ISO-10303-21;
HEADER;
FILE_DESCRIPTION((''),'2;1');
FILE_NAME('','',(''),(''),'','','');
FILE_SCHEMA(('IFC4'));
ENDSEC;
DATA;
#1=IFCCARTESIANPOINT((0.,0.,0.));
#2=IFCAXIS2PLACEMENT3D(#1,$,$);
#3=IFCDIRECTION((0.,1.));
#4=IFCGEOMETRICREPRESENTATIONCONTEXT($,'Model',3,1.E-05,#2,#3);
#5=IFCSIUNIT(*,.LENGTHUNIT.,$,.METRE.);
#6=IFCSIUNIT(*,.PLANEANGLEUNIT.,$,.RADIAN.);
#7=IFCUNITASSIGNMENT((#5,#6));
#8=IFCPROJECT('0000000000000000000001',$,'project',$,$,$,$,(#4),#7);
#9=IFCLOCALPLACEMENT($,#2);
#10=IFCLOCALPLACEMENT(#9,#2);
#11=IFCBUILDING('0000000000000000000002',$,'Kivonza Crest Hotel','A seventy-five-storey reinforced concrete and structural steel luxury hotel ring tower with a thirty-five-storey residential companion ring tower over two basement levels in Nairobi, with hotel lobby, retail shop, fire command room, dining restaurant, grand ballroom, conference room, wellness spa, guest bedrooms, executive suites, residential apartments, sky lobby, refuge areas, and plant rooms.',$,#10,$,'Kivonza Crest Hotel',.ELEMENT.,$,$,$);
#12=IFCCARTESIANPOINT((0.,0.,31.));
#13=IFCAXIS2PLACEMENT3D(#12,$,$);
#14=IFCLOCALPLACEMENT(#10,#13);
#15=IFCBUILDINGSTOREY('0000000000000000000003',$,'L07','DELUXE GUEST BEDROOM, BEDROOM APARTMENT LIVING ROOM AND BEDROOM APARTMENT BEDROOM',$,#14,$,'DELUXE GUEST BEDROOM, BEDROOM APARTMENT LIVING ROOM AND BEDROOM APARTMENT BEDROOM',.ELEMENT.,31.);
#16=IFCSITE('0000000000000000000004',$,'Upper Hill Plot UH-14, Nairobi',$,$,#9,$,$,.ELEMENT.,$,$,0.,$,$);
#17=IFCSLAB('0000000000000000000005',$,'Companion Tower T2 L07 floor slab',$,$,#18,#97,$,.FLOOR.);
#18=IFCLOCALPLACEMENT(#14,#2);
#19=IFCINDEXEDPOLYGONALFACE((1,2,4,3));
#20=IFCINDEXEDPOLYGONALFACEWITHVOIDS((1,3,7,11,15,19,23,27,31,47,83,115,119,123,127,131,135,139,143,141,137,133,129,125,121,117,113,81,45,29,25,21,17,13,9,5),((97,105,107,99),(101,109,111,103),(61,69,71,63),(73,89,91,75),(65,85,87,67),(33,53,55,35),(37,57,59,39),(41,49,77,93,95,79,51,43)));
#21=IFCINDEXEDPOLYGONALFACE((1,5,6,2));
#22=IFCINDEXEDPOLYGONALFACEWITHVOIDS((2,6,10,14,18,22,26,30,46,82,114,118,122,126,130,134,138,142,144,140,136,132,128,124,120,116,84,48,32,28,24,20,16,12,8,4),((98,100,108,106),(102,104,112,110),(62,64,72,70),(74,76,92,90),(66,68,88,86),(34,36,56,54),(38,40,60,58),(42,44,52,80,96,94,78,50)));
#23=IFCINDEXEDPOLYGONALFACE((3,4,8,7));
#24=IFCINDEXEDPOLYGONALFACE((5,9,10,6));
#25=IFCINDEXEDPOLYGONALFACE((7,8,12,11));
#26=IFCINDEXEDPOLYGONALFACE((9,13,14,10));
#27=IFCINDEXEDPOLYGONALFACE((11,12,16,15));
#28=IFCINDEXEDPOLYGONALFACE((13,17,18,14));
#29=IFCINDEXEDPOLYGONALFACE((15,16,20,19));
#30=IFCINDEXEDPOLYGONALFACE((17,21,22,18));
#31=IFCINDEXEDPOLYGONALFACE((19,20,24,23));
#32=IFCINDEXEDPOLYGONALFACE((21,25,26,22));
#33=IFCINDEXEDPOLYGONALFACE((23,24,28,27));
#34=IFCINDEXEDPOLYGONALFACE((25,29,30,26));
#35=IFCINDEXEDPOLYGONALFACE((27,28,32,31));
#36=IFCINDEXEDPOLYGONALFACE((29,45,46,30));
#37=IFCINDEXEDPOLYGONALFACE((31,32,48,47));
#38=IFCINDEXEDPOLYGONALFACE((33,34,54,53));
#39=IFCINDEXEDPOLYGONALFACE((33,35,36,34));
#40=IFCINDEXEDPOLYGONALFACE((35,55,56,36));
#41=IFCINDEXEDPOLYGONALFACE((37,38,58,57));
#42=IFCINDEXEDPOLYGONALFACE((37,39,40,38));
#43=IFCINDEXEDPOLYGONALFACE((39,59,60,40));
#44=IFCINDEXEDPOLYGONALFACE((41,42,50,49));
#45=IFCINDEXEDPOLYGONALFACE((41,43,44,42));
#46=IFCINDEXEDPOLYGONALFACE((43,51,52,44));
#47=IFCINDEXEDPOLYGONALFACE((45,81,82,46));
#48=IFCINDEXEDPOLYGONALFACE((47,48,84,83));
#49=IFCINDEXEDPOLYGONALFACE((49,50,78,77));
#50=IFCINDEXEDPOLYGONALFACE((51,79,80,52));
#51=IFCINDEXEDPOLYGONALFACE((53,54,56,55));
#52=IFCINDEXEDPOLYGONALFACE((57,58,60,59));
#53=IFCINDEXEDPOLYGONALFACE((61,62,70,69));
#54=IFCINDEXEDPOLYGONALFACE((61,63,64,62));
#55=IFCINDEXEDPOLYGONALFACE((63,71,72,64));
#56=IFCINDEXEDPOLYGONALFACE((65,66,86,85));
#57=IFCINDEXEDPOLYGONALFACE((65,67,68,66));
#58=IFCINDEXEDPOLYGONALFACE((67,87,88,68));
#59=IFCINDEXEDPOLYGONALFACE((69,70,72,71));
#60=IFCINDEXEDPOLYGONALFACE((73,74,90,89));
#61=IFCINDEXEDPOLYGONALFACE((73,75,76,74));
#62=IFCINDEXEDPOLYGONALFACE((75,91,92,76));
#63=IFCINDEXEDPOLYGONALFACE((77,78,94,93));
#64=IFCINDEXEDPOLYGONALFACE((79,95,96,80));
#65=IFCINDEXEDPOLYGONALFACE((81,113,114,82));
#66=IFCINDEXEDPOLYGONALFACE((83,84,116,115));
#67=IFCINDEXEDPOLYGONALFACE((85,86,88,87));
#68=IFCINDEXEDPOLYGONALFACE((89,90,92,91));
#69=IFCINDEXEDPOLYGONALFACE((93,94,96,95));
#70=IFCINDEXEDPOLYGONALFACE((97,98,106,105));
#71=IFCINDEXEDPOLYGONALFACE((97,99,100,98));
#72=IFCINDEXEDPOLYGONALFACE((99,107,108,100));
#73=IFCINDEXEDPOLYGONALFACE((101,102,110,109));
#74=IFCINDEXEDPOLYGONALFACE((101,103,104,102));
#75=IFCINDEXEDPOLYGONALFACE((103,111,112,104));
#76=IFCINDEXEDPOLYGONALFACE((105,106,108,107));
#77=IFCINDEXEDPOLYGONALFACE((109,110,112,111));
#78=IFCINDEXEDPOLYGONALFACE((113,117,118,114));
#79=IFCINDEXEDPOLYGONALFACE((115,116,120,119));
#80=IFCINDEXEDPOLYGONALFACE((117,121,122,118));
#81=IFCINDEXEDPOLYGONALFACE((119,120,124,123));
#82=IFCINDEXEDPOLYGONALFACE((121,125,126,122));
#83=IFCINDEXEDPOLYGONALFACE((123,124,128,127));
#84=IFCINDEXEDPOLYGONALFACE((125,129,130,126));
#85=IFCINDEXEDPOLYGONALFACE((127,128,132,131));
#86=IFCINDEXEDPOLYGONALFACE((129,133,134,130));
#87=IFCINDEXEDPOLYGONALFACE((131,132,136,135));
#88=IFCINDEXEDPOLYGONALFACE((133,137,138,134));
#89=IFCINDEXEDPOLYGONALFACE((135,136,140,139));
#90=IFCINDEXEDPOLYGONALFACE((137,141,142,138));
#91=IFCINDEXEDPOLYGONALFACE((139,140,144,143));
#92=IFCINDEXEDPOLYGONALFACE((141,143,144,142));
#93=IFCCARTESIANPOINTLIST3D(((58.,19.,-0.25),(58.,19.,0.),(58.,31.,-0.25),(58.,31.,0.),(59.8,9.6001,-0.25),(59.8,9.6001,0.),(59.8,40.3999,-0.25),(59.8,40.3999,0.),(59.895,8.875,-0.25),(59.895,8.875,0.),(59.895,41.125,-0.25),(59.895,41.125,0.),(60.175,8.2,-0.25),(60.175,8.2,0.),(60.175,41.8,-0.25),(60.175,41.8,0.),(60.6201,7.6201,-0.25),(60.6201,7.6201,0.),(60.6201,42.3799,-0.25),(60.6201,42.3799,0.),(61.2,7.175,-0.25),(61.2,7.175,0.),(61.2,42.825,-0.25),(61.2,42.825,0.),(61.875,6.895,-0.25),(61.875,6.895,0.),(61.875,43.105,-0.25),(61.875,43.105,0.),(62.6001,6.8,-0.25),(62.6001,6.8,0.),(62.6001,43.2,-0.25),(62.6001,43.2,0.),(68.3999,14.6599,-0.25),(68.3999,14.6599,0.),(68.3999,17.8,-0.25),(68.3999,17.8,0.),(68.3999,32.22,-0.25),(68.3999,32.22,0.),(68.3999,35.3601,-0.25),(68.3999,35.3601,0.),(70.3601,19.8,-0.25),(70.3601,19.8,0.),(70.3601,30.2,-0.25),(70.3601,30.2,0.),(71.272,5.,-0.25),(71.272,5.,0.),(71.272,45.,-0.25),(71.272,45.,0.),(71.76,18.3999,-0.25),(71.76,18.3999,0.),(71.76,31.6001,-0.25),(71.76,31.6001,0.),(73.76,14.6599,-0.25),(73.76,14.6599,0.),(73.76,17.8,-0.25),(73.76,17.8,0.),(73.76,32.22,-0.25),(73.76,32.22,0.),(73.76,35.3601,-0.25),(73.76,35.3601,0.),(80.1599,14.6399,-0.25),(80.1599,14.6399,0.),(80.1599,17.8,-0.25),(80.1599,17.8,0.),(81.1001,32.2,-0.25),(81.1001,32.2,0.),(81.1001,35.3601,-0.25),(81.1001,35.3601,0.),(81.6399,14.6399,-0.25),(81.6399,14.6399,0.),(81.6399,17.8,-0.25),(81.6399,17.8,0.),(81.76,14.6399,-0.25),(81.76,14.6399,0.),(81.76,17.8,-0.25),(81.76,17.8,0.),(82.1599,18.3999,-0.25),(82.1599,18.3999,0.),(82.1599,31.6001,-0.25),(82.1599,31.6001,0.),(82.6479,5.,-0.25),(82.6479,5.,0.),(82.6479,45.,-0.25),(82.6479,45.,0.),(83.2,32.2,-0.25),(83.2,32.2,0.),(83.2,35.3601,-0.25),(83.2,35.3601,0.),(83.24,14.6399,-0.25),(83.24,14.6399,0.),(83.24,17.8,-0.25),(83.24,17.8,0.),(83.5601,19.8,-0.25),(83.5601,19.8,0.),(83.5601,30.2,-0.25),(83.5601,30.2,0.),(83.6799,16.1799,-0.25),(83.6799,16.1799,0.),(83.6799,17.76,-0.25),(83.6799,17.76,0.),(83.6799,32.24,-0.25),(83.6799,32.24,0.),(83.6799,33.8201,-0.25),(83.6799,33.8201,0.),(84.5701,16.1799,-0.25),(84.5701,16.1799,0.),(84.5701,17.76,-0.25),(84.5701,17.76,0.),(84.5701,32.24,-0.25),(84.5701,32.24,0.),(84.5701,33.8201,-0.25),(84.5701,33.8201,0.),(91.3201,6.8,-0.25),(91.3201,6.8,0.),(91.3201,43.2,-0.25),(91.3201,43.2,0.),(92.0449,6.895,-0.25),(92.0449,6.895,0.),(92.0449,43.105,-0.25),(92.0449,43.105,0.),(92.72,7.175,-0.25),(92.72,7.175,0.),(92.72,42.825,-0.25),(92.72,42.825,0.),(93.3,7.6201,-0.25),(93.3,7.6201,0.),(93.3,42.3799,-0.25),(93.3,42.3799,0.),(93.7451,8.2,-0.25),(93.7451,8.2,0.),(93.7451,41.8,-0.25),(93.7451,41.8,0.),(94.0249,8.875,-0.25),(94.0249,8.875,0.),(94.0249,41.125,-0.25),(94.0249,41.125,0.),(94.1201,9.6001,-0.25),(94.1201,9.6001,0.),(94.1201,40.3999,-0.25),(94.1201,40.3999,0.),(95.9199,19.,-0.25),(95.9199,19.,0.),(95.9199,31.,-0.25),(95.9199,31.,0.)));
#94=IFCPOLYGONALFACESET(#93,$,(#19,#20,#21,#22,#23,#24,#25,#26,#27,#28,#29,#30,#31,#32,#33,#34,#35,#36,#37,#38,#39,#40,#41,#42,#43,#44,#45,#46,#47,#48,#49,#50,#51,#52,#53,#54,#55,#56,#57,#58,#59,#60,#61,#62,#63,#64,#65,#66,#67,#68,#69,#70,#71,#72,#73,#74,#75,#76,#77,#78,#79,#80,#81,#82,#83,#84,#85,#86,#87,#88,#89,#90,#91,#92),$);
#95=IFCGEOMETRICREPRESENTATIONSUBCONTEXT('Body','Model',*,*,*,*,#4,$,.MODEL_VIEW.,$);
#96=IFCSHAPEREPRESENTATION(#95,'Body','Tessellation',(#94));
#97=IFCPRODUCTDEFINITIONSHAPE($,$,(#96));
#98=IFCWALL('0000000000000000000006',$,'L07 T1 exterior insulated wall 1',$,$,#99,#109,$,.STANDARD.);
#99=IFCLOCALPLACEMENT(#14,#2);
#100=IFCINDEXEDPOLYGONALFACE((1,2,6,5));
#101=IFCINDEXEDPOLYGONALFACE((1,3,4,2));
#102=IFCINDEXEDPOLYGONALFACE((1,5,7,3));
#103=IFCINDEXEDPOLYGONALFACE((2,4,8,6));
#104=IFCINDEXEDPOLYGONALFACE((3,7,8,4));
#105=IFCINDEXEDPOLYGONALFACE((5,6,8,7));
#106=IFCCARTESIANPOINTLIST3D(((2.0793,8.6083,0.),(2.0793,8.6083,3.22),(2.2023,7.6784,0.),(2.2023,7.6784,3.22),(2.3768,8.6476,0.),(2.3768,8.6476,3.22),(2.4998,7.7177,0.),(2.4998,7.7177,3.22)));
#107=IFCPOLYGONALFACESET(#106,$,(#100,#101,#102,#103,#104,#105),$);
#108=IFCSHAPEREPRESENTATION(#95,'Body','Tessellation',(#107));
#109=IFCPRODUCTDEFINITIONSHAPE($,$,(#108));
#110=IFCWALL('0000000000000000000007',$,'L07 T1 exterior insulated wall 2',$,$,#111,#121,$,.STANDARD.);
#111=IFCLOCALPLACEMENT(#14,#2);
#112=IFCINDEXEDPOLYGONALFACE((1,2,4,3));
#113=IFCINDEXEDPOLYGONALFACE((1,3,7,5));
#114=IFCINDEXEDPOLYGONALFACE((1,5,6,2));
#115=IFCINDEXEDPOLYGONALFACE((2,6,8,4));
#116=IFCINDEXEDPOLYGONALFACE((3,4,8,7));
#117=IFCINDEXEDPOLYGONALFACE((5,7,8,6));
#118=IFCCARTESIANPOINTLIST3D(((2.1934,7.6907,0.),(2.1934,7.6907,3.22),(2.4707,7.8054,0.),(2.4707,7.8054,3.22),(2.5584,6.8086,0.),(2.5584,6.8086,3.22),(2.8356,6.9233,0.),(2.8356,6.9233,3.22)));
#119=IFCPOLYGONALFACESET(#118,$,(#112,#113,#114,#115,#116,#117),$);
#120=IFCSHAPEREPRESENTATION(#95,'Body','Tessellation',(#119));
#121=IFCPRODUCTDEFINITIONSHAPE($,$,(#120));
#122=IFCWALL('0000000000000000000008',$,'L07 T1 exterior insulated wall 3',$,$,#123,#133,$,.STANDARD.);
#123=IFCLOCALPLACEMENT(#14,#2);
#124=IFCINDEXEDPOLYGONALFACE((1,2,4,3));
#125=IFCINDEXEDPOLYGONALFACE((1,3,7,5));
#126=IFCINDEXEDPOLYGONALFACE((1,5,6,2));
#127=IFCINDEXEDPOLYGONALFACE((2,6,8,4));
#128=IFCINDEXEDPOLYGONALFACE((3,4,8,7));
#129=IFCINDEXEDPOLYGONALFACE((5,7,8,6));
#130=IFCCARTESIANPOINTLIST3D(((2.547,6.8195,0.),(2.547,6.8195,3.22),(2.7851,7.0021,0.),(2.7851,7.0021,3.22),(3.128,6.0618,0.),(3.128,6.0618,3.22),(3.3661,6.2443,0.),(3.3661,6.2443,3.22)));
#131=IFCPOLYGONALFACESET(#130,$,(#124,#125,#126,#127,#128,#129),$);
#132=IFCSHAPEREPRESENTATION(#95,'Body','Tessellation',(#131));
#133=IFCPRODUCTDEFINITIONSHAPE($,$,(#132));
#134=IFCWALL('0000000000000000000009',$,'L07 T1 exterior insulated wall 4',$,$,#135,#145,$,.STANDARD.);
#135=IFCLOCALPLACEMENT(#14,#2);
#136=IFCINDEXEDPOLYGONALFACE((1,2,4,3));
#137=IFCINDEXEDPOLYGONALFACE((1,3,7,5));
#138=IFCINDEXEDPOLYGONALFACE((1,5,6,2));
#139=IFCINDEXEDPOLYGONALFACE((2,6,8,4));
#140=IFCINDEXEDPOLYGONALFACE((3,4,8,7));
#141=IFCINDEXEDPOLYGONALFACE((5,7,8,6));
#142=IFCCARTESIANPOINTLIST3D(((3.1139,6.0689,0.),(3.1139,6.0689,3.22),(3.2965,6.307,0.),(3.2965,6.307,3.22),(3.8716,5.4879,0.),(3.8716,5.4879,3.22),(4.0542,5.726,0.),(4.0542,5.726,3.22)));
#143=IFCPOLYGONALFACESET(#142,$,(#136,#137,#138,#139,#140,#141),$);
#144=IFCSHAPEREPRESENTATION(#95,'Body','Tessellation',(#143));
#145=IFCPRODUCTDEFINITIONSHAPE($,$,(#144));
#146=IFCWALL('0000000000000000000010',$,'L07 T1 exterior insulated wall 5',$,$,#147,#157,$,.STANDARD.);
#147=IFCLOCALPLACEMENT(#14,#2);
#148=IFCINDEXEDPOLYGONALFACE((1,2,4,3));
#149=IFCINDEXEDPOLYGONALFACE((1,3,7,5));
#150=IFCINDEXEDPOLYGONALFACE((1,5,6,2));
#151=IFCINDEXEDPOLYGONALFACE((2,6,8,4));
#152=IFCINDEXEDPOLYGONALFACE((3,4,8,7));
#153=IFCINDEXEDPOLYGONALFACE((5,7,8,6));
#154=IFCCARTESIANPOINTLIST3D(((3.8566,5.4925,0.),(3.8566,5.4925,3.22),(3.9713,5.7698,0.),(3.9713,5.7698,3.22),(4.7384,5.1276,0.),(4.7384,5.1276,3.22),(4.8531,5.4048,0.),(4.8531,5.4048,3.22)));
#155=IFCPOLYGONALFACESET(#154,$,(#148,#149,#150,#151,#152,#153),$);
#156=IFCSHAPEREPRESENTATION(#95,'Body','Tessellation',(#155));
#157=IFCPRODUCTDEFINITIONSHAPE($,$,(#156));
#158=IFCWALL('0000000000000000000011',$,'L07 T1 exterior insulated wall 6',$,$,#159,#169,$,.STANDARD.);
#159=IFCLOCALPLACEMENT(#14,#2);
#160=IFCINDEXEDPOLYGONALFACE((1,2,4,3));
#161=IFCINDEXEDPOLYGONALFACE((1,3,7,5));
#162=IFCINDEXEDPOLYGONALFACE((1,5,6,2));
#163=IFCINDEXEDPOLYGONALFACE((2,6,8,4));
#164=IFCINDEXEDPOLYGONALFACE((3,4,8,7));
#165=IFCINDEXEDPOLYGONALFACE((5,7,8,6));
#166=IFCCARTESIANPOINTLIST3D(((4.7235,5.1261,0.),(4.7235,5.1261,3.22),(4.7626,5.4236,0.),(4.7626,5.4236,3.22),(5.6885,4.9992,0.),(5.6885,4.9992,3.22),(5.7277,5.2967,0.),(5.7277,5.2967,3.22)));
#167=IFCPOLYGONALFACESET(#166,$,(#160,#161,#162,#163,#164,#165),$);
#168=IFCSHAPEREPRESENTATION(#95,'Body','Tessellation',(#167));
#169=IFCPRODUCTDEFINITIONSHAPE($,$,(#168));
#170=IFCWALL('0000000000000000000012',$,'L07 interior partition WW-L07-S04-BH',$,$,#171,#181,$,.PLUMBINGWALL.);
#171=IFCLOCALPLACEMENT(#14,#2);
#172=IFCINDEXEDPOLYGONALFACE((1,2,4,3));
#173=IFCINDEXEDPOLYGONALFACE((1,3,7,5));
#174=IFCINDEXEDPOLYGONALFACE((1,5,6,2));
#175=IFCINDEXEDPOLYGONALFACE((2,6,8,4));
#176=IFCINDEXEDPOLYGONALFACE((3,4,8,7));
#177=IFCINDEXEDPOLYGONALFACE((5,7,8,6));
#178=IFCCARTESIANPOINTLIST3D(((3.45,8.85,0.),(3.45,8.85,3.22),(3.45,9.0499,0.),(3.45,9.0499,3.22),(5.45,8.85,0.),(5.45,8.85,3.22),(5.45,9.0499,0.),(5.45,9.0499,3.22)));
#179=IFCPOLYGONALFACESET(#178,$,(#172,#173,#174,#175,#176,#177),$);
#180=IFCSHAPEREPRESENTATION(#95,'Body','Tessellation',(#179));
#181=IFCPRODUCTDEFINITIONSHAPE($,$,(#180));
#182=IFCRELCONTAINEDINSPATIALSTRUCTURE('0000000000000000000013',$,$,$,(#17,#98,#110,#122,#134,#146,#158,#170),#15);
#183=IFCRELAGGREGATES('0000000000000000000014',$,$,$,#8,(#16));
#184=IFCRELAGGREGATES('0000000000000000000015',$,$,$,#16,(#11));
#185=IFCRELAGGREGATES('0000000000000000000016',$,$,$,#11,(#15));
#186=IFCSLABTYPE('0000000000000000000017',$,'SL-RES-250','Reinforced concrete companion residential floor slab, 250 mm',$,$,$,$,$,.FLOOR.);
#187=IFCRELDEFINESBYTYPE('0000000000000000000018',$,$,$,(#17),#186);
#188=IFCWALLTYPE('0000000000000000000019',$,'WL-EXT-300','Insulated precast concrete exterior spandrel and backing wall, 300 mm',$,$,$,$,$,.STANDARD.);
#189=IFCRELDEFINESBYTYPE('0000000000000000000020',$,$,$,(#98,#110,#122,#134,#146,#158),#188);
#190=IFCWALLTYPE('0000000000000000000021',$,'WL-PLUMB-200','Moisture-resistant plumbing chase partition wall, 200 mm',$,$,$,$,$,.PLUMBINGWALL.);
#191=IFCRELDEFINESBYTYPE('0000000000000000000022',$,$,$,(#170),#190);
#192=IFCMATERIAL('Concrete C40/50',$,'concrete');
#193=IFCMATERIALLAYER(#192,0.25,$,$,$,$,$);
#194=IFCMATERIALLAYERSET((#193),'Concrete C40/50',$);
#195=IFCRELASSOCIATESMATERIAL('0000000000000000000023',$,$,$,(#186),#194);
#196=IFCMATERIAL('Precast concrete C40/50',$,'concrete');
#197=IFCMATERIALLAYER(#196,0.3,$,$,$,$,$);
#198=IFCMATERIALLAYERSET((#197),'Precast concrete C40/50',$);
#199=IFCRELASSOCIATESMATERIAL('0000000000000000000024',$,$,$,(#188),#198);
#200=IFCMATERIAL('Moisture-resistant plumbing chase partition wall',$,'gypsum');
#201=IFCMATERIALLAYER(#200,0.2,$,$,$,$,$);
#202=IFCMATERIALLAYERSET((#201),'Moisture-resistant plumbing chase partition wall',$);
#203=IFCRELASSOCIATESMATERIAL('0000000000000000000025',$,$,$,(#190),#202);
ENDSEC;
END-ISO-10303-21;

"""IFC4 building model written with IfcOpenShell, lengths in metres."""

from ifc_helpers import new_model, si_unit, direction, frame, frame_2d, origin, place, context, subcontext, project, spatial, polyline, rectangle, outline, extrude, material, layer, layer_set, type_object, element, save


model = new_model("IFC4")

# Units and contexts
model_context = context("Model", 3, precision=1e-05, world=origin(), true_north=direction((0.0, 1.0)))
body_context = subcontext(model_context, "Body", "Model", "MODEL_VIEW")
ifc_project = project(units=[si_unit("LENGTHUNIT", "METRE"), si_unit("PLANEANGLEUNIT", "RADIAN")], contexts=[model_context])

# Site, building, storey
site_placement = place(None, origin())
site = spatial("IfcSite", under=ifc_project, at=site_placement, Name="Upper Hill Plot UH-14, Nairobi", CompositionType="ELEMENT", RefElevation=0.0)
building_placement = place(site_placement, origin())
building = spatial("IfcBuilding", under=site, at=building_placement, Name="Kivonza Crest Hotel", Description="A seventy-five-storey reinforced concrete and structural steel luxury hotel ring tower with a thirty-five-storey residential companion ring tower over two basement levels in Nairobi, with hotel lobby, retail shop, fire command room, dining restaurant, grand ballroom, conference room, wellness spa, guest bedrooms, executive suites, residential apartments, sky lobby, refuge areas, and plant rooms.", LongName="Kivonza Crest Hotel", CompositionType="ELEMENT")
storey_placement = place(building_placement, frame((0.0, 0.0, 31.0)))
storey = spatial("IfcBuildingStorey", under=building, at=storey_placement, Name="L07", Description="DELUXE GUEST BEDROOM, BEDROOM APARTMENT LIVING ROOM AND BEDROOM APARTMENT BEDROOM", LongName="DELUXE GUEST BEDROOM, BEDROOM APARTMENT LIVING ROOM AND BEDROOM APARTMENT BEDROOM", CompositionType="ELEMENT", Elevation=31.0)

# Shared definitions
ifc_material_1 = material(Name="Concrete C40/50", Category="concrete")

# Slab
ifc_layer_1 = layer(ifc_material_1, 0.25)
ifc_layer_set_1 = layer_set([ifc_layer_1], Name="Concrete C40/50")
slab_type_1 = type_object("IfcSlabType", Name="SL-RES-250", Description="Reinforced concrete companion residential floor slab, 250 mm", PredefinedType="FLOOR", material=ifc_layer_set_1)
slab_1_placement = place(storey_placement, frame((0.0, 0.0, -0.25)))
element("IfcSlab", 1, at=slab_1_placement, inside=storey, type_object=slab_type_1, Name="Companion Tower T2 L07 floor slab", PredefinedType="FLOOR", context=body_context, shape_type="SweptSolid", body=[
    extrude(outline(polyline([(59.8, 9.6001), (59.895, 8.875), (60.175, 8.2), (60.6201, 7.6201), (61.2, 7.175), (61.875, 6.895), (62.6001, 6.8), (71.272, 5.0), (82.6479, 5.0), (91.3201, 6.8), (92.0449, 6.895), (92.72, 7.175), (93.3, 7.6201), (93.7451, 8.2), (94.0249, 8.875), (94.1201, 9.6001), (95.9199, 19.0), (95.9199, 31.0), (94.1201, 40.3999), (94.0249, 41.125), (93.7451, 41.8), (93.3, 42.3799), (92.72, 42.825), (92.0449, 43.105), (91.3201, 43.2), (82.6479, 45.0), (71.272, 45.0), (62.6001, 43.2), (61.875, 43.105), (61.2, 42.825), (60.6201, 42.3799), (60.175, 41.8), (59.895, 41.125), (59.8, 40.3999), (58.0, 31.0), (58.0, 19.0), (59.8, 9.6001)]), holes=[polyline([(71.76, 18.3999), (82.1599, 18.3999), (83.5601, 19.8), (83.5601, 30.2), (82.1599, 31.6001), (71.76, 31.6001), (70.3601, 30.2), (70.3601, 19.8), (71.76, 18.3999)]), polyline([(68.3999, 32.22), (73.76, 32.22), (73.76, 35.3601), (68.3999, 35.3601), (68.3999, 32.22)]), polyline([(68.3999, 14.6599), (73.76, 14.6599), (73.76, 17.8), (68.3999, 17.8), (68.3999, 14.6599)]), polyline([(83.6799, 32.24), (84.5701, 32.24), (84.5701, 33.8201), (83.6799, 33.8201), (83.6799, 32.24)]), polyline([(83.6799, 16.1799), (84.5701, 16.1799), (84.5701, 17.76), (83.6799, 17.76), (83.6799, 16.1799)]), polyline([(81.1001, 32.2), (83.2, 32.2), (83.2, 35.3601), (81.1001, 35.3601), (81.1001, 32.2)]), polyline([(80.1599, 14.6399), (81.6399, 14.6399), (81.6399, 17.8), (80.1599, 17.8), (80.1599, 14.6399)]), polyline([(81.76, 14.6399), (83.24, 14.6399), (83.24, 17.8), (81.76, 17.8), (81.76, 14.6399)])]), origin(), (0.0, 0.0, 1.0), 0.25),
])

# Walls
ifc_material_2 = material(Name="Precast concrete C40/50", Category="concrete")
ifc_layer_2 = layer(ifc_material_2, 0.3)
ifc_layer_set_2 = layer_set([ifc_layer_2], Name="Precast concrete C40/50")
wall_type_1 = type_object("IfcWallType", Name="WL-EXT-300", Description="Insulated precast concrete exterior spandrel and backing wall, 300 mm", PredefinedType="STANDARD", material=ifc_layer_set_2)
wall_1_placement = place(storey_placement, frame((2.228, 8.6279, 0.0), z_axis=(0.0, 0.0, 1.0), x_axis=(0.131175, -0.991359, 0.0)))
element("IfcWall", 2, at=wall_1_placement, inside=storey, type_object=wall_type_1, Name="L07 T1 exterior insulated wall 1", PredefinedType="STANDARD", context=body_context, shape_type="SweptSolid", body=[
    extrude(rectangle(XDim=0.938, YDim=0.3, at=frame_2d((0.469, 0.0))), origin(), (0.0, 0.0, 1.0), 3.22),
])
wall_2_placement = place(storey_placement, frame((2.332, 7.748, 0.0), z_axis=(0.0, 0.0, 1.0), x_axis=(0.382344, -0.92402, 0.0)))
element("IfcWall", 3, at=wall_2_placement, inside=storey, type_object=wall_type_1, Name="L07 T1 exterior insulated wall 2", PredefinedType="STANDARD", context=body_context, shape_type="SweptSolid", body=[
    extrude(rectangle(XDim=0.9546, YDim=0.3, at=frame_2d((0.4773, 0.0))), origin(), (0.0, 0.0, 1.0), 3.22),
])
for number, where, z_axis, x_axis, name in (
    (4, (2.666, 6.9109, 0.0), (0.0, 0.0, 1.0), (0.608474, -0.793573, 0.0), "L07 T1 exterior insulated wall 3"),
    (5, (3.2051, 6.188, 0.0), (0.0, 0.0, 1.0), (0.793573, -0.608474, 0.0), "L07 T1 exterior insulated wall 4"),
):
    element("IfcWall", number, at=place(storey_placement, frame(where, z_axis=z_axis, x_axis=x_axis)), inside=storey, type_object=wall_type_1, Name=name, PredefinedType="STANDARD", context=body_context, shape_type="SweptSolid", body=[
        extrude(rectangle(XDim=0.9548, YDim=0.3, at=frame_2d((0.4775, 0.0))), origin(), (0.0, 0.0, 1.0), 3.22),
    ])
wall_3_placement = place(storey_placement, frame((3.9141, 5.6311, 0.0), z_axis=(0.0, 0.0, 1.0), x_axis=(0.923983, -0.382435, 0.0)))
element("IfcWall", 6, at=wall_3_placement, inside=storey, type_object=wall_type_1, Name="L07 T1 exterior insulated wall 5", PredefinedType="STANDARD", context=body_context, shape_type="SweptSolid", body=[
    extrude(rectangle(XDim=0.9543, YDim=0.3, at=frame_2d((0.4771, 0.0))), origin(), (0.0, 0.0, 1.0), 3.22),
])
wall_4_placement = place(storey_placement, frame((4.7429, 5.2749, 0.0), z_axis=(0.0, 0.0, 1.0), x_axis=(0.991459, -0.130422, 0.0)))
element("IfcWall", 7, at=wall_4_placement, inside=storey, type_object=wall_type_1, Name="L07 T1 exterior insulated wall 6", PredefinedType="STANDARD", context=body_context, shape_type="SweptSolid", body=[
    extrude(rectangle(XDim=0.9734, YDim=0.3, at=frame_2d((0.4868, 0.0))), origin(), (0.0, 0.0, 1.0), 3.22),
])
ifc_material_3 = material(Name="Moisture-resistant plumbing chase partition wall", Category="gypsum")
ifc_layer_3 = layer(ifc_material_3, 0.2)
ifc_layer_set_3 = layer_set([ifc_layer_3], Name="Moisture-resistant plumbing chase partition wall")
wall_type_2 = type_object("IfcWallType", Name="WL-PLUMB-200", Description="Moisture-resistant plumbing chase partition wall, 200 mm", PredefinedType="PLUMBINGWALL", material=ifc_layer_set_3)
wall_5_placement = place(storey_placement, frame((3.45, 8.95, 0.0), z_axis=(0.0, 0.0, 1.0), x_axis=(1.0, 0.0, 0.0)))
element("IfcWall", 8, at=wall_5_placement, inside=storey, type_object=wall_type_2, Name="L07 interior partition WW-L07-S04-BH", PredefinedType="PLUMBINGWALL", context=body_context, shape_type="SweptSolid", body=[
    extrude(rectangle(XDim=2.0, YDim=0.2, at=frame_2d((1.0, 0.0))), origin(), (0.0, 0.0, 1.0), 3.22),
])

save(model, "model.ifc")
